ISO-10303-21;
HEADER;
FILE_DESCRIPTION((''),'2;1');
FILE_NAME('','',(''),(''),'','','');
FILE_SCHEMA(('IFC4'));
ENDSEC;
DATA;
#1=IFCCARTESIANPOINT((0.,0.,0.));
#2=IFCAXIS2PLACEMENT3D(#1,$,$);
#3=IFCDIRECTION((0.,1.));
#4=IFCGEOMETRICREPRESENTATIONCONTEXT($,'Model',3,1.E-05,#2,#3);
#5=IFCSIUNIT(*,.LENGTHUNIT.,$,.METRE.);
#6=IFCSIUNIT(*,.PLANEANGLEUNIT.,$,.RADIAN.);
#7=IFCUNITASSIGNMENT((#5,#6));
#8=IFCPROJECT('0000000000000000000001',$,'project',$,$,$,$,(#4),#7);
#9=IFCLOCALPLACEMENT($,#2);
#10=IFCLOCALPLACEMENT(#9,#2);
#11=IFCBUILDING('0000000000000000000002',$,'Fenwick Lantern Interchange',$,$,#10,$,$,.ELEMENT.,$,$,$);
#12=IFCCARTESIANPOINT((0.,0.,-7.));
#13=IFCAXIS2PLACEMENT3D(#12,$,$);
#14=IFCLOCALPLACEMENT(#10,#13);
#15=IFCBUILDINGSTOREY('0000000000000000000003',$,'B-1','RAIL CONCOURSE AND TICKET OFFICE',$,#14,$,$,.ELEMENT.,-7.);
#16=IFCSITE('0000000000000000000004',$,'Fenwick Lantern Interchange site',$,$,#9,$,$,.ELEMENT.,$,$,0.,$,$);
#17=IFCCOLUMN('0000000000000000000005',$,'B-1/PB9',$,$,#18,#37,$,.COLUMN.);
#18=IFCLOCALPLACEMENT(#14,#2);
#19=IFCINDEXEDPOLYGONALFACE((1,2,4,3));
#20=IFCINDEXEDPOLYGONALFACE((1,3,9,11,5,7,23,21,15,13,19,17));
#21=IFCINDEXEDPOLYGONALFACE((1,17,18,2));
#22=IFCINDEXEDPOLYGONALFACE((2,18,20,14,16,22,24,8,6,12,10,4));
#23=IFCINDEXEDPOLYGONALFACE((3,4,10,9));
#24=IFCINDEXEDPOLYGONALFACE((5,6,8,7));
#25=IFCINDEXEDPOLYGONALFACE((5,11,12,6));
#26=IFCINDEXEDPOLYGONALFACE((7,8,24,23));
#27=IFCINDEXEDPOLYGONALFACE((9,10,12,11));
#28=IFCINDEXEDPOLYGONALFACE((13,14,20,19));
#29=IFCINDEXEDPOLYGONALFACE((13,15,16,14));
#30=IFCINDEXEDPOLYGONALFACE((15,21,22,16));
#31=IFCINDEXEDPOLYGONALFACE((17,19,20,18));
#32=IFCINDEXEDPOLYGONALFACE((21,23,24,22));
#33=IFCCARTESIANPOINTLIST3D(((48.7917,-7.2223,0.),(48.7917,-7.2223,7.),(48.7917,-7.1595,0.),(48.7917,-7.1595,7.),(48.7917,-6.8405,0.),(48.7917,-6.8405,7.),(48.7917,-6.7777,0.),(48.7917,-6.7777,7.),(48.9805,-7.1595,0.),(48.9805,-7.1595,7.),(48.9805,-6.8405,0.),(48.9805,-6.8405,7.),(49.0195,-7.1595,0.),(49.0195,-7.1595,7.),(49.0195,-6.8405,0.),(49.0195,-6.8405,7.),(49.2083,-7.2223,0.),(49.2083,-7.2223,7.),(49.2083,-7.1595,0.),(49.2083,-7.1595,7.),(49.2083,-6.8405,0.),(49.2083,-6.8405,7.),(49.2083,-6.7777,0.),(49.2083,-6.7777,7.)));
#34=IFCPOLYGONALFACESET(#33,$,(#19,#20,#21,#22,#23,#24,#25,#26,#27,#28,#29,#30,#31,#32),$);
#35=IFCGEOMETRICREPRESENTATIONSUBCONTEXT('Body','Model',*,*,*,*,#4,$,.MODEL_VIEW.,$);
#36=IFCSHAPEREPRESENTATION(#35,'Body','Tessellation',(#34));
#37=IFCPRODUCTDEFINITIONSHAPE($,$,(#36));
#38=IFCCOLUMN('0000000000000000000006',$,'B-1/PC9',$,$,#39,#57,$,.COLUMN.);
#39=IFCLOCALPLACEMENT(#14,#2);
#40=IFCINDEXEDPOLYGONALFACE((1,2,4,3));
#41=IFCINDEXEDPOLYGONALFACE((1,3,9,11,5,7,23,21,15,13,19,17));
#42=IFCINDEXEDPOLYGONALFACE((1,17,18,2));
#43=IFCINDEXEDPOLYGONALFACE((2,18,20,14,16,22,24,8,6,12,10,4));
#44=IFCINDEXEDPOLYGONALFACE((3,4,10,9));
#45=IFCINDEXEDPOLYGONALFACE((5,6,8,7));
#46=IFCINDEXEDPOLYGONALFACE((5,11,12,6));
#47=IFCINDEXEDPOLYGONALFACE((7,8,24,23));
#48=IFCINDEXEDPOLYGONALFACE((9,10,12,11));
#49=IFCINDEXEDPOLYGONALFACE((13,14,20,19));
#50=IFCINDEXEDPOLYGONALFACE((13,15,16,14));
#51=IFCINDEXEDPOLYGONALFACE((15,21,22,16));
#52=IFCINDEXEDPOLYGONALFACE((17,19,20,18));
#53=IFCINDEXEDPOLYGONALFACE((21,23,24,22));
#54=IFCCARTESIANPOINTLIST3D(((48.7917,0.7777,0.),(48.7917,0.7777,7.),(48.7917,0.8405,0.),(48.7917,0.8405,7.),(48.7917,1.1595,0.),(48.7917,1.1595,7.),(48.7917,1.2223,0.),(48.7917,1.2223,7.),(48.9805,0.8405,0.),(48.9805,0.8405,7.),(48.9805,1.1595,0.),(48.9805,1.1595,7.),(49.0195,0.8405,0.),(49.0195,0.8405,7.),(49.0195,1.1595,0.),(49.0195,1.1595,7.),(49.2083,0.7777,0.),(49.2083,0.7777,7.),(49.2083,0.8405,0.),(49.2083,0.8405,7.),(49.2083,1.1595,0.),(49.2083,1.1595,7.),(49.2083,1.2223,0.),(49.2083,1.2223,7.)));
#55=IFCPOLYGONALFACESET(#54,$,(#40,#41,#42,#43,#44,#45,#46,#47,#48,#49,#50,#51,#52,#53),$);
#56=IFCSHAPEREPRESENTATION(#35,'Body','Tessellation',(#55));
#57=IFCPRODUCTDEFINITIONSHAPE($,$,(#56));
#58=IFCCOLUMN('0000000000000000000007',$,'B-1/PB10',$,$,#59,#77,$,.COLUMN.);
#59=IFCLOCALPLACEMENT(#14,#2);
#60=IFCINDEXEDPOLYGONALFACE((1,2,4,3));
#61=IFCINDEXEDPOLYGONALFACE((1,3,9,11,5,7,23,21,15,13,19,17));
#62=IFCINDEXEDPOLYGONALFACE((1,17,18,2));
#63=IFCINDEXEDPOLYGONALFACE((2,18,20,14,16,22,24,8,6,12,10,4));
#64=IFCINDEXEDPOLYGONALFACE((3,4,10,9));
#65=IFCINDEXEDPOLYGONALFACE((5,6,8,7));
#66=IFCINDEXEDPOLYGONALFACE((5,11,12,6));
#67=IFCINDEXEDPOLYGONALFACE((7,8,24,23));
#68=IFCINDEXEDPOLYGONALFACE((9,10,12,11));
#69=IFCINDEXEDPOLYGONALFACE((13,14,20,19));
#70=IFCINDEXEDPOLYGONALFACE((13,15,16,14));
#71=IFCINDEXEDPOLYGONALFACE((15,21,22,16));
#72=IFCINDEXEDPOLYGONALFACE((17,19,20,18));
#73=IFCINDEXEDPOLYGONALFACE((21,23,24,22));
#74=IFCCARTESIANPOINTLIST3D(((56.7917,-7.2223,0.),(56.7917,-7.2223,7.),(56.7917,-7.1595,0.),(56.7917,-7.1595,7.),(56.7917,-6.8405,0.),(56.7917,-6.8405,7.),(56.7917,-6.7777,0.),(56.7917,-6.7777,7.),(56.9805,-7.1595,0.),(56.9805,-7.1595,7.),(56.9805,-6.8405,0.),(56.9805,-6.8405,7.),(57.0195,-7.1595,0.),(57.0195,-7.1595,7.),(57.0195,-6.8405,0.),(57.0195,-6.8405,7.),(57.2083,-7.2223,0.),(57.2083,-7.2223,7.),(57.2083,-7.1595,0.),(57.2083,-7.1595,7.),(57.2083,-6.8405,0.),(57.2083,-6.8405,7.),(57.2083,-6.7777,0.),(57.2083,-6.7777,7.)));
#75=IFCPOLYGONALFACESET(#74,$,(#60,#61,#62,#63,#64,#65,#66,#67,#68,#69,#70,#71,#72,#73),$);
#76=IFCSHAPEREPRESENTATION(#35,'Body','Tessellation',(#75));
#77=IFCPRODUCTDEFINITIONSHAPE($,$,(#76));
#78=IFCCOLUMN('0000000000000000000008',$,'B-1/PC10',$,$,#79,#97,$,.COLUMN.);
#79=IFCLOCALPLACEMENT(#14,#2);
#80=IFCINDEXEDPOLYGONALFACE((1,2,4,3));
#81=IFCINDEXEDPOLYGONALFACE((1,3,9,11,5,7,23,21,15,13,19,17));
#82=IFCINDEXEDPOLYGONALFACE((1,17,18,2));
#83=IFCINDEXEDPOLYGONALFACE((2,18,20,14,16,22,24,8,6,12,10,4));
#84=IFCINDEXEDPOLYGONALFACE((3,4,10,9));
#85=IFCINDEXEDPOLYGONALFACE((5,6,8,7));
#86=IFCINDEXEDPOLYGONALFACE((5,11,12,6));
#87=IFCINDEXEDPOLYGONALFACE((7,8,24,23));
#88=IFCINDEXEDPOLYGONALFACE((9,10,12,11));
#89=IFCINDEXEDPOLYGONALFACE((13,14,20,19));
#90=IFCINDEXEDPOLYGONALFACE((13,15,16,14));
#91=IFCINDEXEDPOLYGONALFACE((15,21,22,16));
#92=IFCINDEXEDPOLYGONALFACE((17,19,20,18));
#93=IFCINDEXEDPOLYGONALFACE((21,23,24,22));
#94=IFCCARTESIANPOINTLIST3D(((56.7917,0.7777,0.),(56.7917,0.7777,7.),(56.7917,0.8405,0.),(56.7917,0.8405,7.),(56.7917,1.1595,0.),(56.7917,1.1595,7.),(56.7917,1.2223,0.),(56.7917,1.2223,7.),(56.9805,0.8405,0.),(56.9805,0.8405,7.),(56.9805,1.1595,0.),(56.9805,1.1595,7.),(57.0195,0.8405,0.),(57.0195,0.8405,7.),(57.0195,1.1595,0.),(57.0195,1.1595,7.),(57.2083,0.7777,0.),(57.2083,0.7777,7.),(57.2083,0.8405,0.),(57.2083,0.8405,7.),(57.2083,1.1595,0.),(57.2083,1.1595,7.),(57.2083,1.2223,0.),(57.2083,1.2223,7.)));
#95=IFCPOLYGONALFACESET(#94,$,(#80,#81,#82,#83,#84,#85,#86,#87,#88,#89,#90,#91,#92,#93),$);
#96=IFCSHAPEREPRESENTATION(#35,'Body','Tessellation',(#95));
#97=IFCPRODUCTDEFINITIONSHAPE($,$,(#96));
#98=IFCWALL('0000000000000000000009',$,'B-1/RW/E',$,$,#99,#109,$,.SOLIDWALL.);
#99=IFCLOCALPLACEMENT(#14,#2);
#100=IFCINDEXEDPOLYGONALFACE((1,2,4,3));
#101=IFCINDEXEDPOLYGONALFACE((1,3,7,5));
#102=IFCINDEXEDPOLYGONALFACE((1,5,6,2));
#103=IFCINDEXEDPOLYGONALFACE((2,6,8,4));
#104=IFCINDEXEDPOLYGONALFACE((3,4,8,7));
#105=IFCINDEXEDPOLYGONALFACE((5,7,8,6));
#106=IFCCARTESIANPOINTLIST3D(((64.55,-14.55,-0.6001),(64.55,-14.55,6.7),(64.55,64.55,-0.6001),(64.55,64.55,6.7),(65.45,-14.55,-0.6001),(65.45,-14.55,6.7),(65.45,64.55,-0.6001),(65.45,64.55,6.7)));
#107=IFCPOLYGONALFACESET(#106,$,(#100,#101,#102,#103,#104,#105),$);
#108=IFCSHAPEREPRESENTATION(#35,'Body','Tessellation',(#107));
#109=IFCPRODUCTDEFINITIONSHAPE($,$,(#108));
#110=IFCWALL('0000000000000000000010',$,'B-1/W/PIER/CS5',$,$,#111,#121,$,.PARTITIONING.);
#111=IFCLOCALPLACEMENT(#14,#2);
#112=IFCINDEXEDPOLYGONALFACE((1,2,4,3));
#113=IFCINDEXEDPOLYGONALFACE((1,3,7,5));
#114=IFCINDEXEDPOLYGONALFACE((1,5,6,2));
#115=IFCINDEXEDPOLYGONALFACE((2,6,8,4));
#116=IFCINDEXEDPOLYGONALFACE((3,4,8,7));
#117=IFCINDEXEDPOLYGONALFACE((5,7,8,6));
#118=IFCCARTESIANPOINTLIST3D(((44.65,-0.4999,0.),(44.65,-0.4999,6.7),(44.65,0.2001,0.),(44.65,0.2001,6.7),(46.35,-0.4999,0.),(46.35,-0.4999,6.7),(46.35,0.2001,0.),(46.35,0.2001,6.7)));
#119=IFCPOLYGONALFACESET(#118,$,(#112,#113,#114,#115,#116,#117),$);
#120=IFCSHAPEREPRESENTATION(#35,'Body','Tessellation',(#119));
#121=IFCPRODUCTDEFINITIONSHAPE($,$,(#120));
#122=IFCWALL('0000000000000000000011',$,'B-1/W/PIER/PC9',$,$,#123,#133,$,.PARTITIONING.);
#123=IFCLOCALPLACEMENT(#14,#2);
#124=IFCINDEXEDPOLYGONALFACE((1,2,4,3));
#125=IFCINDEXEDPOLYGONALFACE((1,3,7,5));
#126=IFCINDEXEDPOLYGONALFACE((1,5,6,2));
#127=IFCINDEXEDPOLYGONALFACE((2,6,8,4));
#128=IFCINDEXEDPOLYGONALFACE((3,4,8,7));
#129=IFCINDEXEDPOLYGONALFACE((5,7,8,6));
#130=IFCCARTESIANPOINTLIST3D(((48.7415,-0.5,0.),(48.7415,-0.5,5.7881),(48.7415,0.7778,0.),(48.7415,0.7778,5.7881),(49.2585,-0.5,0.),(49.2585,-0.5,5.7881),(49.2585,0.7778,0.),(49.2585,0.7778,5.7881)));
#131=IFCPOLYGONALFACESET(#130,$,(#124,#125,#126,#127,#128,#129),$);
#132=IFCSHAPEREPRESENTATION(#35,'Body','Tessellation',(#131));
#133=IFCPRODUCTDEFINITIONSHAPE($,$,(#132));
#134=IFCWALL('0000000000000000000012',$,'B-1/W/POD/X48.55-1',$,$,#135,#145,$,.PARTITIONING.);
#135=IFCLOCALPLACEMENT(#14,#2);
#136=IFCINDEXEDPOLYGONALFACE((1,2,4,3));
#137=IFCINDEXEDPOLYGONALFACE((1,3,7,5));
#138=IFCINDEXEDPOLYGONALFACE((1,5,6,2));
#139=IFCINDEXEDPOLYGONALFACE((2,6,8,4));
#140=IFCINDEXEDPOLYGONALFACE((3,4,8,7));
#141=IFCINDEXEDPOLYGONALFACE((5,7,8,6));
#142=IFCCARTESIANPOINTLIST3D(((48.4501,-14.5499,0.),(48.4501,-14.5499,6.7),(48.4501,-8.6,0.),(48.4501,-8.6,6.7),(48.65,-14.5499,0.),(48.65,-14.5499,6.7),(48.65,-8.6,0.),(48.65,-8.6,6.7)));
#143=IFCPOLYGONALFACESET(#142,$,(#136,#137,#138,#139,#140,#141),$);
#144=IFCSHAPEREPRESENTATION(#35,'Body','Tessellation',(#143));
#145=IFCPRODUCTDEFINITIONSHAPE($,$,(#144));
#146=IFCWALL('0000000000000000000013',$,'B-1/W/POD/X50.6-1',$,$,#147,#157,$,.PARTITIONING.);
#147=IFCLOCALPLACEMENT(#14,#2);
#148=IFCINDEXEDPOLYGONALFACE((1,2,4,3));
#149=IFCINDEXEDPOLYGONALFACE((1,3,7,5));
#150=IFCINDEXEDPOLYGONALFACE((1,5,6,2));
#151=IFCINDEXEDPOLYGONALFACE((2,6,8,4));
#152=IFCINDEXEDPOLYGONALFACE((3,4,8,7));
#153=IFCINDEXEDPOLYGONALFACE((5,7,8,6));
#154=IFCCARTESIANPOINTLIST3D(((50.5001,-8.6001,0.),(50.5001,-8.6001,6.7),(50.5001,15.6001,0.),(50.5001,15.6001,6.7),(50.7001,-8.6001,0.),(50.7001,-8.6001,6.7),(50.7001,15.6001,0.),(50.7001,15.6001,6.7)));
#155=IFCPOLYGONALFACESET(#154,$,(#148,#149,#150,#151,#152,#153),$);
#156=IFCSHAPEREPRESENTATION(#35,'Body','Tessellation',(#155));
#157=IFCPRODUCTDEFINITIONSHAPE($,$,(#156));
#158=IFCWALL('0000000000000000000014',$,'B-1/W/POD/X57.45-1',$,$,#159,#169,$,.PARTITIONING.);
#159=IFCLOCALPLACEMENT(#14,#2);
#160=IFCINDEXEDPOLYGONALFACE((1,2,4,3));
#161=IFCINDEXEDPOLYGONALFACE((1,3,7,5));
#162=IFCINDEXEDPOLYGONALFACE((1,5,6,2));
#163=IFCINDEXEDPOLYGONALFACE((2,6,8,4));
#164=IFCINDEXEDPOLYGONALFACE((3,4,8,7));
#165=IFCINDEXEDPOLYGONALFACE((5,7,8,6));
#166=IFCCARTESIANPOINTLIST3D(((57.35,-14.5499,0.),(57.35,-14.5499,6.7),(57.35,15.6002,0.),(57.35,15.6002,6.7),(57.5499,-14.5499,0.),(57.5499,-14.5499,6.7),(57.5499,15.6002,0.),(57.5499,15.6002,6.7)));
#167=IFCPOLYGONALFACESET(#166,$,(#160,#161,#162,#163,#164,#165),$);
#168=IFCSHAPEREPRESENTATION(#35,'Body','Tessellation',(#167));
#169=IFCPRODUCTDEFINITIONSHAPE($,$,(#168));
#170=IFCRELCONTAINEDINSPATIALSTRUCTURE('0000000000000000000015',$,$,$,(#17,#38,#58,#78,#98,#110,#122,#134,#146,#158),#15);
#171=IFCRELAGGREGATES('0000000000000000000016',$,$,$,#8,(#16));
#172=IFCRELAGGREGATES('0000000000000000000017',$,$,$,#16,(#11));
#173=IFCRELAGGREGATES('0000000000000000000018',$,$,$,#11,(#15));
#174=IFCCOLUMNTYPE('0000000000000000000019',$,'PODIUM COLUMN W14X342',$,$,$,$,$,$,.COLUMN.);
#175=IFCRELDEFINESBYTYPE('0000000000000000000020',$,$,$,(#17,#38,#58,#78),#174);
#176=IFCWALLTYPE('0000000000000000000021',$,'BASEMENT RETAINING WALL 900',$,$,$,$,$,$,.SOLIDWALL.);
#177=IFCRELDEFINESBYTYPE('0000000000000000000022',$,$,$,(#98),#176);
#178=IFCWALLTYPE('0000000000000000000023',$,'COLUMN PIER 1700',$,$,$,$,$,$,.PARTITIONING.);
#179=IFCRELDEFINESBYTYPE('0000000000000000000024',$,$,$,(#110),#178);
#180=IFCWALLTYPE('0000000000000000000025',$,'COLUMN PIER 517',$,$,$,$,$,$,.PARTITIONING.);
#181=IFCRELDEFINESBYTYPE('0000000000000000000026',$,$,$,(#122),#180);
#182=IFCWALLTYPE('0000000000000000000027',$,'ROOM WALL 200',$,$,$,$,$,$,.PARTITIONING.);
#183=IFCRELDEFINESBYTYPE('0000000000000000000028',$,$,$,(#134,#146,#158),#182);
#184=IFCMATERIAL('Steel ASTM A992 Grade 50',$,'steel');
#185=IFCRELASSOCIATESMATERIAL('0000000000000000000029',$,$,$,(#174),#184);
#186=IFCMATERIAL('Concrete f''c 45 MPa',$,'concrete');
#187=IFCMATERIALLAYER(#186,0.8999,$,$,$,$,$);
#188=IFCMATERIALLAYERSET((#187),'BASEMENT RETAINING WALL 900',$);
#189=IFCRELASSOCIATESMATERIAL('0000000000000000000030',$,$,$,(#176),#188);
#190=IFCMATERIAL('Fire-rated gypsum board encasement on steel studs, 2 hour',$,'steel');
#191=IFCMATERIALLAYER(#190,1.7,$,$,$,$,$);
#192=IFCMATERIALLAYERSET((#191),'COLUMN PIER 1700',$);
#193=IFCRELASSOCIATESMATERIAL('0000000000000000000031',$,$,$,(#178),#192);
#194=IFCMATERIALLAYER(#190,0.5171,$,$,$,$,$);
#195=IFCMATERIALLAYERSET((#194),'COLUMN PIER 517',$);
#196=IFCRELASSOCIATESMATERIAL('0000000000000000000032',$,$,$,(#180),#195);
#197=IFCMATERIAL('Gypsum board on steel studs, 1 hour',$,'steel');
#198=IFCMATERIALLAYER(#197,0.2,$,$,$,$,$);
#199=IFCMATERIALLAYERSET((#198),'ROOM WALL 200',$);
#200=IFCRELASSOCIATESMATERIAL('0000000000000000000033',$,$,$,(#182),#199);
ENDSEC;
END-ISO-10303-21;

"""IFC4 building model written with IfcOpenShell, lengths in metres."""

from ifc_helpers import new_model, si_unit, direction, frame, frame_2d, origin, origin_2d, place, context, subcontext, project, spatial, rectangle, i_section, extrude, material, layer, layer_set, material_profile, profile_set, type_object, element, save


model = new_model("IFC4")

# Units and contexts
model_context = context("Model", 3, precision=1e-05, world=origin(), true_north=direction((0.0, 1.0)))
body_context = subcontext(model_context, "Body", "Model", "MODEL_VIEW")
ifc_project = project(units=[si_unit("LENGTHUNIT", "METRE"), si_unit("PLANEANGLEUNIT", "RADIAN")], contexts=[model_context])

# Site, building, storey
site_placement = place(None, origin())
site = spatial("IfcSite", under=ifc_project, at=site_placement, Name="Fenwick Lantern Interchange site", CompositionType="ELEMENT", RefElevation=0.0)
building_placement = place(site_placement, origin())
building = spatial("IfcBuilding", under=site, at=building_placement, Name="Fenwick Lantern Interchange", CompositionType="ELEMENT")
storey_placement = place(building_placement, frame((0.0, 0.0, -7.0)))
storey = spatial("IfcBuildingStorey", under=building, at=storey_placement, Name="B-1", Description="RAIL CONCOURSE AND TICKET OFFICE", CompositionType="ELEMENT", Elevation=-7.0)

# Shared definitions
ifc_material_1 = material(Name="Concrete f'c 45 MPa", Category="concrete")

# Columns
ifc_material_2 = material(Name="Steel ASTM A992 Grade 50", Category="steel")
ifc_material_profile_1 = material_profile(ifc_material_2, i_section(OverallWidth=0.4165, OverallDepth=0.4446, WebThickness=0.0391, FlangeThickness=0.0627, at=origin_2d()), Name="W14X342")
ifc_profile_set_1 = profile_set([ifc_material_profile_1], Name="Steel ASTM A992 Grade 50")
column_type_1 = type_object("IfcColumnType", Name="PODIUM COLUMN W14X342", PredefinedType="COLUMN", material=ifc_profile_set_1)
for number, where, z_axis, x_axis, name in (
    (1, (49.0, -7.0, 0.0), (0.0, 0.0, 1.0), (1.0, 0.0, 0.0), "B-1/PB9"),
    (2, (49.0, 1.0, 0.0), (0.0, 0.0, 1.0), (1.0, 0.0, 0.0), "B-1/PC9"),
    (3, (57.0, -7.0, 0.0), (0.0, 0.0, 1.0), (1.0, 0.0, 0.0), "B-1/PB10"),
    (4, (57.0, 1.0, 0.0), (0.0, 0.0, 1.0), (1.0, 0.0, 0.0), "B-1/PC10"),
):
    element("IfcColumn", number, at=place(storey_placement, frame(where, z_axis=z_axis, x_axis=x_axis)), inside=storey, type_object=column_type_1, Name=name, PredefinedType="COLUMN", context=body_context, shape_type="SweptSolid", body=[
        extrude(i_section(OverallWidth=0.4165, OverallDepth=0.4446, WebThickness=0.0391, FlangeThickness=0.0627, at=origin_2d()), origin(), (0.0, 0.0, 1.0), 7.0),
    ])

# Walls
ifc_layer_1 = layer(ifc_material_1, 0.8999)
ifc_layer_set_1 = layer_set([ifc_layer_1], Name="BASEMENT RETAINING WALL 900")
wall_type_1 = type_object("IfcWallType", Name="BASEMENT RETAINING WALL 900", PredefinedType="SOLIDWALL", material=ifc_layer_set_1)
wall_1_placement = place(storey_placement, frame((65.0, -14.55, -0.6001), z_axis=(0.0, 0.0, 1.0), x_axis=(0.0, 1.0, 0.0)))
element("IfcWall", 5, at=wall_1_placement, inside=storey, type_object=wall_type_1, Name="B-1/RW/E", PredefinedType="SOLIDWALL", context=body_context, shape_type="SweptSolid", body=[
    extrude(rectangle(XDim=79.1001, YDim=0.8999, at=frame_2d((39.55, 0.0))), origin(), (0.0, 0.0, 1.0), 7.3),
])
ifc_material_3 = material(Name="Fire-rated gypsum board encasement on steel studs, 2 hour", Category="steel")
ifc_layer_2 = layer(ifc_material_3, 1.7)
ifc_layer_set_2 = layer_set([ifc_layer_2], Name="COLUMN PIER 1700")
wall_type_2 = type_object("IfcWallType", Name="COLUMN PIER 1700", PredefinedType="PARTITIONING", material=ifc_layer_set_2)
wall_2_placement = place(storey_placement, frame((45.5, -0.5, 0.0), z_axis=(0.0, 0.0, 1.0), x_axis=(0.0, 1.0, 0.0)))
element("IfcWall", 6, at=wall_2_placement, inside=storey, type_object=wall_type_2, Name="B-1/W/PIER/CS5", PredefinedType="PARTITIONING", context=body_context, shape_type="SweptSolid", body=[
    extrude(rectangle(XDim=0.7, YDim=1.7, at=frame_2d((0.3501, 0.0))), origin(), (0.0, 0.0, 1.0), 6.7),
])
ifc_layer_3 = layer(ifc_material_3, 0.5171)
ifc_layer_set_3 = layer_set([ifc_layer_3], Name="COLUMN PIER 517")
wall_type_3 = type_object("IfcWallType", Name="COLUMN PIER 517", PredefinedType="PARTITIONING", material=ifc_layer_set_3)
wall_3_placement = place(storey_placement, frame((49.0, -0.5, 0.0), z_axis=(0.0, 0.0, 1.0), x_axis=(0.0, 1.0, 0.0)))
element("IfcWall", 7, at=wall_3_placement, inside=storey, type_object=wall_type_3, Name="B-1/W/PIER/PC9", PredefinedType="PARTITIONING", context=body_context, shape_type="SweptSolid", body=[
    extrude(rectangle(XDim=1.2778, YDim=0.5171, at=frame_2d((0.6389, 0.0))), origin(), (0.0, 0.0, 1.0), 5.7881),
])
ifc_material_4 = material(Name="Gypsum board on steel studs, 1 hour", Category="steel")
ifc_layer_4 = layer(ifc_material_4, 0.2)
ifc_layer_set_4 = layer_set([ifc_layer_4], Name="ROOM WALL 200")
wall_type_4 = type_object("IfcWallType", Name="ROOM WALL 200", PredefinedType="PARTITIONING", material=ifc_layer_set_4)
wall_4_placement = place(storey_placement, frame((48.55, -14.55, 0.0), z_axis=(0.0, 0.0, 1.0), x_axis=(0.0, 1.0, 0.0)))
element("IfcWall", 8, at=wall_4_placement, inside=storey, type_object=wall_type_4, Name="B-1/W/POD/X48.55-1", PredefinedType="PARTITIONING", context=body_context, shape_type="SweptSolid", body=[
    extrude(rectangle(XDim=5.95, YDim=0.2, at=frame_2d((2.9751, 0.0))), origin(), (0.0, 0.0, 1.0), 6.7),
])
wall_5_placement = place(storey_placement, frame((50.6001, -8.6001, 0.0), z_axis=(0.0, 0.0, 1.0), x_axis=(0.0, 1.0, 0.0)))
element("IfcWall", 9, at=wall_5_placement, inside=storey, type_object=wall_type_4, Name="B-1/W/POD/X50.6-1", PredefinedType="PARTITIONING", context=body_context, shape_type="SweptSolid", body=[
    extrude(rectangle(XDim=24.2002, YDim=0.2, at=frame_2d((12.1001, 0.0))), origin(), (0.0, 0.0, 1.0), 6.7),
])
wall_6_placement = place(storey_placement, frame((57.45, -14.55, 0.0), z_axis=(0.0, 0.0, 1.0), x_axis=(0.0, 1.0, 0.0)))
element("IfcWall", 10, at=wall_6_placement, inside=storey, type_object=wall_type_4, Name="B-1/W/POD/X57.45-1", PredefinedType="PARTITIONING", context=body_context, shape_type="SweptSolid", body=[
    extrude(rectangle(XDim=30.1501, YDim=0.2, at=frame_2d((15.0752, 0.0))), origin(), (0.0, 0.0, 1.0), 6.7),
])

save(model, "model.ifc")
